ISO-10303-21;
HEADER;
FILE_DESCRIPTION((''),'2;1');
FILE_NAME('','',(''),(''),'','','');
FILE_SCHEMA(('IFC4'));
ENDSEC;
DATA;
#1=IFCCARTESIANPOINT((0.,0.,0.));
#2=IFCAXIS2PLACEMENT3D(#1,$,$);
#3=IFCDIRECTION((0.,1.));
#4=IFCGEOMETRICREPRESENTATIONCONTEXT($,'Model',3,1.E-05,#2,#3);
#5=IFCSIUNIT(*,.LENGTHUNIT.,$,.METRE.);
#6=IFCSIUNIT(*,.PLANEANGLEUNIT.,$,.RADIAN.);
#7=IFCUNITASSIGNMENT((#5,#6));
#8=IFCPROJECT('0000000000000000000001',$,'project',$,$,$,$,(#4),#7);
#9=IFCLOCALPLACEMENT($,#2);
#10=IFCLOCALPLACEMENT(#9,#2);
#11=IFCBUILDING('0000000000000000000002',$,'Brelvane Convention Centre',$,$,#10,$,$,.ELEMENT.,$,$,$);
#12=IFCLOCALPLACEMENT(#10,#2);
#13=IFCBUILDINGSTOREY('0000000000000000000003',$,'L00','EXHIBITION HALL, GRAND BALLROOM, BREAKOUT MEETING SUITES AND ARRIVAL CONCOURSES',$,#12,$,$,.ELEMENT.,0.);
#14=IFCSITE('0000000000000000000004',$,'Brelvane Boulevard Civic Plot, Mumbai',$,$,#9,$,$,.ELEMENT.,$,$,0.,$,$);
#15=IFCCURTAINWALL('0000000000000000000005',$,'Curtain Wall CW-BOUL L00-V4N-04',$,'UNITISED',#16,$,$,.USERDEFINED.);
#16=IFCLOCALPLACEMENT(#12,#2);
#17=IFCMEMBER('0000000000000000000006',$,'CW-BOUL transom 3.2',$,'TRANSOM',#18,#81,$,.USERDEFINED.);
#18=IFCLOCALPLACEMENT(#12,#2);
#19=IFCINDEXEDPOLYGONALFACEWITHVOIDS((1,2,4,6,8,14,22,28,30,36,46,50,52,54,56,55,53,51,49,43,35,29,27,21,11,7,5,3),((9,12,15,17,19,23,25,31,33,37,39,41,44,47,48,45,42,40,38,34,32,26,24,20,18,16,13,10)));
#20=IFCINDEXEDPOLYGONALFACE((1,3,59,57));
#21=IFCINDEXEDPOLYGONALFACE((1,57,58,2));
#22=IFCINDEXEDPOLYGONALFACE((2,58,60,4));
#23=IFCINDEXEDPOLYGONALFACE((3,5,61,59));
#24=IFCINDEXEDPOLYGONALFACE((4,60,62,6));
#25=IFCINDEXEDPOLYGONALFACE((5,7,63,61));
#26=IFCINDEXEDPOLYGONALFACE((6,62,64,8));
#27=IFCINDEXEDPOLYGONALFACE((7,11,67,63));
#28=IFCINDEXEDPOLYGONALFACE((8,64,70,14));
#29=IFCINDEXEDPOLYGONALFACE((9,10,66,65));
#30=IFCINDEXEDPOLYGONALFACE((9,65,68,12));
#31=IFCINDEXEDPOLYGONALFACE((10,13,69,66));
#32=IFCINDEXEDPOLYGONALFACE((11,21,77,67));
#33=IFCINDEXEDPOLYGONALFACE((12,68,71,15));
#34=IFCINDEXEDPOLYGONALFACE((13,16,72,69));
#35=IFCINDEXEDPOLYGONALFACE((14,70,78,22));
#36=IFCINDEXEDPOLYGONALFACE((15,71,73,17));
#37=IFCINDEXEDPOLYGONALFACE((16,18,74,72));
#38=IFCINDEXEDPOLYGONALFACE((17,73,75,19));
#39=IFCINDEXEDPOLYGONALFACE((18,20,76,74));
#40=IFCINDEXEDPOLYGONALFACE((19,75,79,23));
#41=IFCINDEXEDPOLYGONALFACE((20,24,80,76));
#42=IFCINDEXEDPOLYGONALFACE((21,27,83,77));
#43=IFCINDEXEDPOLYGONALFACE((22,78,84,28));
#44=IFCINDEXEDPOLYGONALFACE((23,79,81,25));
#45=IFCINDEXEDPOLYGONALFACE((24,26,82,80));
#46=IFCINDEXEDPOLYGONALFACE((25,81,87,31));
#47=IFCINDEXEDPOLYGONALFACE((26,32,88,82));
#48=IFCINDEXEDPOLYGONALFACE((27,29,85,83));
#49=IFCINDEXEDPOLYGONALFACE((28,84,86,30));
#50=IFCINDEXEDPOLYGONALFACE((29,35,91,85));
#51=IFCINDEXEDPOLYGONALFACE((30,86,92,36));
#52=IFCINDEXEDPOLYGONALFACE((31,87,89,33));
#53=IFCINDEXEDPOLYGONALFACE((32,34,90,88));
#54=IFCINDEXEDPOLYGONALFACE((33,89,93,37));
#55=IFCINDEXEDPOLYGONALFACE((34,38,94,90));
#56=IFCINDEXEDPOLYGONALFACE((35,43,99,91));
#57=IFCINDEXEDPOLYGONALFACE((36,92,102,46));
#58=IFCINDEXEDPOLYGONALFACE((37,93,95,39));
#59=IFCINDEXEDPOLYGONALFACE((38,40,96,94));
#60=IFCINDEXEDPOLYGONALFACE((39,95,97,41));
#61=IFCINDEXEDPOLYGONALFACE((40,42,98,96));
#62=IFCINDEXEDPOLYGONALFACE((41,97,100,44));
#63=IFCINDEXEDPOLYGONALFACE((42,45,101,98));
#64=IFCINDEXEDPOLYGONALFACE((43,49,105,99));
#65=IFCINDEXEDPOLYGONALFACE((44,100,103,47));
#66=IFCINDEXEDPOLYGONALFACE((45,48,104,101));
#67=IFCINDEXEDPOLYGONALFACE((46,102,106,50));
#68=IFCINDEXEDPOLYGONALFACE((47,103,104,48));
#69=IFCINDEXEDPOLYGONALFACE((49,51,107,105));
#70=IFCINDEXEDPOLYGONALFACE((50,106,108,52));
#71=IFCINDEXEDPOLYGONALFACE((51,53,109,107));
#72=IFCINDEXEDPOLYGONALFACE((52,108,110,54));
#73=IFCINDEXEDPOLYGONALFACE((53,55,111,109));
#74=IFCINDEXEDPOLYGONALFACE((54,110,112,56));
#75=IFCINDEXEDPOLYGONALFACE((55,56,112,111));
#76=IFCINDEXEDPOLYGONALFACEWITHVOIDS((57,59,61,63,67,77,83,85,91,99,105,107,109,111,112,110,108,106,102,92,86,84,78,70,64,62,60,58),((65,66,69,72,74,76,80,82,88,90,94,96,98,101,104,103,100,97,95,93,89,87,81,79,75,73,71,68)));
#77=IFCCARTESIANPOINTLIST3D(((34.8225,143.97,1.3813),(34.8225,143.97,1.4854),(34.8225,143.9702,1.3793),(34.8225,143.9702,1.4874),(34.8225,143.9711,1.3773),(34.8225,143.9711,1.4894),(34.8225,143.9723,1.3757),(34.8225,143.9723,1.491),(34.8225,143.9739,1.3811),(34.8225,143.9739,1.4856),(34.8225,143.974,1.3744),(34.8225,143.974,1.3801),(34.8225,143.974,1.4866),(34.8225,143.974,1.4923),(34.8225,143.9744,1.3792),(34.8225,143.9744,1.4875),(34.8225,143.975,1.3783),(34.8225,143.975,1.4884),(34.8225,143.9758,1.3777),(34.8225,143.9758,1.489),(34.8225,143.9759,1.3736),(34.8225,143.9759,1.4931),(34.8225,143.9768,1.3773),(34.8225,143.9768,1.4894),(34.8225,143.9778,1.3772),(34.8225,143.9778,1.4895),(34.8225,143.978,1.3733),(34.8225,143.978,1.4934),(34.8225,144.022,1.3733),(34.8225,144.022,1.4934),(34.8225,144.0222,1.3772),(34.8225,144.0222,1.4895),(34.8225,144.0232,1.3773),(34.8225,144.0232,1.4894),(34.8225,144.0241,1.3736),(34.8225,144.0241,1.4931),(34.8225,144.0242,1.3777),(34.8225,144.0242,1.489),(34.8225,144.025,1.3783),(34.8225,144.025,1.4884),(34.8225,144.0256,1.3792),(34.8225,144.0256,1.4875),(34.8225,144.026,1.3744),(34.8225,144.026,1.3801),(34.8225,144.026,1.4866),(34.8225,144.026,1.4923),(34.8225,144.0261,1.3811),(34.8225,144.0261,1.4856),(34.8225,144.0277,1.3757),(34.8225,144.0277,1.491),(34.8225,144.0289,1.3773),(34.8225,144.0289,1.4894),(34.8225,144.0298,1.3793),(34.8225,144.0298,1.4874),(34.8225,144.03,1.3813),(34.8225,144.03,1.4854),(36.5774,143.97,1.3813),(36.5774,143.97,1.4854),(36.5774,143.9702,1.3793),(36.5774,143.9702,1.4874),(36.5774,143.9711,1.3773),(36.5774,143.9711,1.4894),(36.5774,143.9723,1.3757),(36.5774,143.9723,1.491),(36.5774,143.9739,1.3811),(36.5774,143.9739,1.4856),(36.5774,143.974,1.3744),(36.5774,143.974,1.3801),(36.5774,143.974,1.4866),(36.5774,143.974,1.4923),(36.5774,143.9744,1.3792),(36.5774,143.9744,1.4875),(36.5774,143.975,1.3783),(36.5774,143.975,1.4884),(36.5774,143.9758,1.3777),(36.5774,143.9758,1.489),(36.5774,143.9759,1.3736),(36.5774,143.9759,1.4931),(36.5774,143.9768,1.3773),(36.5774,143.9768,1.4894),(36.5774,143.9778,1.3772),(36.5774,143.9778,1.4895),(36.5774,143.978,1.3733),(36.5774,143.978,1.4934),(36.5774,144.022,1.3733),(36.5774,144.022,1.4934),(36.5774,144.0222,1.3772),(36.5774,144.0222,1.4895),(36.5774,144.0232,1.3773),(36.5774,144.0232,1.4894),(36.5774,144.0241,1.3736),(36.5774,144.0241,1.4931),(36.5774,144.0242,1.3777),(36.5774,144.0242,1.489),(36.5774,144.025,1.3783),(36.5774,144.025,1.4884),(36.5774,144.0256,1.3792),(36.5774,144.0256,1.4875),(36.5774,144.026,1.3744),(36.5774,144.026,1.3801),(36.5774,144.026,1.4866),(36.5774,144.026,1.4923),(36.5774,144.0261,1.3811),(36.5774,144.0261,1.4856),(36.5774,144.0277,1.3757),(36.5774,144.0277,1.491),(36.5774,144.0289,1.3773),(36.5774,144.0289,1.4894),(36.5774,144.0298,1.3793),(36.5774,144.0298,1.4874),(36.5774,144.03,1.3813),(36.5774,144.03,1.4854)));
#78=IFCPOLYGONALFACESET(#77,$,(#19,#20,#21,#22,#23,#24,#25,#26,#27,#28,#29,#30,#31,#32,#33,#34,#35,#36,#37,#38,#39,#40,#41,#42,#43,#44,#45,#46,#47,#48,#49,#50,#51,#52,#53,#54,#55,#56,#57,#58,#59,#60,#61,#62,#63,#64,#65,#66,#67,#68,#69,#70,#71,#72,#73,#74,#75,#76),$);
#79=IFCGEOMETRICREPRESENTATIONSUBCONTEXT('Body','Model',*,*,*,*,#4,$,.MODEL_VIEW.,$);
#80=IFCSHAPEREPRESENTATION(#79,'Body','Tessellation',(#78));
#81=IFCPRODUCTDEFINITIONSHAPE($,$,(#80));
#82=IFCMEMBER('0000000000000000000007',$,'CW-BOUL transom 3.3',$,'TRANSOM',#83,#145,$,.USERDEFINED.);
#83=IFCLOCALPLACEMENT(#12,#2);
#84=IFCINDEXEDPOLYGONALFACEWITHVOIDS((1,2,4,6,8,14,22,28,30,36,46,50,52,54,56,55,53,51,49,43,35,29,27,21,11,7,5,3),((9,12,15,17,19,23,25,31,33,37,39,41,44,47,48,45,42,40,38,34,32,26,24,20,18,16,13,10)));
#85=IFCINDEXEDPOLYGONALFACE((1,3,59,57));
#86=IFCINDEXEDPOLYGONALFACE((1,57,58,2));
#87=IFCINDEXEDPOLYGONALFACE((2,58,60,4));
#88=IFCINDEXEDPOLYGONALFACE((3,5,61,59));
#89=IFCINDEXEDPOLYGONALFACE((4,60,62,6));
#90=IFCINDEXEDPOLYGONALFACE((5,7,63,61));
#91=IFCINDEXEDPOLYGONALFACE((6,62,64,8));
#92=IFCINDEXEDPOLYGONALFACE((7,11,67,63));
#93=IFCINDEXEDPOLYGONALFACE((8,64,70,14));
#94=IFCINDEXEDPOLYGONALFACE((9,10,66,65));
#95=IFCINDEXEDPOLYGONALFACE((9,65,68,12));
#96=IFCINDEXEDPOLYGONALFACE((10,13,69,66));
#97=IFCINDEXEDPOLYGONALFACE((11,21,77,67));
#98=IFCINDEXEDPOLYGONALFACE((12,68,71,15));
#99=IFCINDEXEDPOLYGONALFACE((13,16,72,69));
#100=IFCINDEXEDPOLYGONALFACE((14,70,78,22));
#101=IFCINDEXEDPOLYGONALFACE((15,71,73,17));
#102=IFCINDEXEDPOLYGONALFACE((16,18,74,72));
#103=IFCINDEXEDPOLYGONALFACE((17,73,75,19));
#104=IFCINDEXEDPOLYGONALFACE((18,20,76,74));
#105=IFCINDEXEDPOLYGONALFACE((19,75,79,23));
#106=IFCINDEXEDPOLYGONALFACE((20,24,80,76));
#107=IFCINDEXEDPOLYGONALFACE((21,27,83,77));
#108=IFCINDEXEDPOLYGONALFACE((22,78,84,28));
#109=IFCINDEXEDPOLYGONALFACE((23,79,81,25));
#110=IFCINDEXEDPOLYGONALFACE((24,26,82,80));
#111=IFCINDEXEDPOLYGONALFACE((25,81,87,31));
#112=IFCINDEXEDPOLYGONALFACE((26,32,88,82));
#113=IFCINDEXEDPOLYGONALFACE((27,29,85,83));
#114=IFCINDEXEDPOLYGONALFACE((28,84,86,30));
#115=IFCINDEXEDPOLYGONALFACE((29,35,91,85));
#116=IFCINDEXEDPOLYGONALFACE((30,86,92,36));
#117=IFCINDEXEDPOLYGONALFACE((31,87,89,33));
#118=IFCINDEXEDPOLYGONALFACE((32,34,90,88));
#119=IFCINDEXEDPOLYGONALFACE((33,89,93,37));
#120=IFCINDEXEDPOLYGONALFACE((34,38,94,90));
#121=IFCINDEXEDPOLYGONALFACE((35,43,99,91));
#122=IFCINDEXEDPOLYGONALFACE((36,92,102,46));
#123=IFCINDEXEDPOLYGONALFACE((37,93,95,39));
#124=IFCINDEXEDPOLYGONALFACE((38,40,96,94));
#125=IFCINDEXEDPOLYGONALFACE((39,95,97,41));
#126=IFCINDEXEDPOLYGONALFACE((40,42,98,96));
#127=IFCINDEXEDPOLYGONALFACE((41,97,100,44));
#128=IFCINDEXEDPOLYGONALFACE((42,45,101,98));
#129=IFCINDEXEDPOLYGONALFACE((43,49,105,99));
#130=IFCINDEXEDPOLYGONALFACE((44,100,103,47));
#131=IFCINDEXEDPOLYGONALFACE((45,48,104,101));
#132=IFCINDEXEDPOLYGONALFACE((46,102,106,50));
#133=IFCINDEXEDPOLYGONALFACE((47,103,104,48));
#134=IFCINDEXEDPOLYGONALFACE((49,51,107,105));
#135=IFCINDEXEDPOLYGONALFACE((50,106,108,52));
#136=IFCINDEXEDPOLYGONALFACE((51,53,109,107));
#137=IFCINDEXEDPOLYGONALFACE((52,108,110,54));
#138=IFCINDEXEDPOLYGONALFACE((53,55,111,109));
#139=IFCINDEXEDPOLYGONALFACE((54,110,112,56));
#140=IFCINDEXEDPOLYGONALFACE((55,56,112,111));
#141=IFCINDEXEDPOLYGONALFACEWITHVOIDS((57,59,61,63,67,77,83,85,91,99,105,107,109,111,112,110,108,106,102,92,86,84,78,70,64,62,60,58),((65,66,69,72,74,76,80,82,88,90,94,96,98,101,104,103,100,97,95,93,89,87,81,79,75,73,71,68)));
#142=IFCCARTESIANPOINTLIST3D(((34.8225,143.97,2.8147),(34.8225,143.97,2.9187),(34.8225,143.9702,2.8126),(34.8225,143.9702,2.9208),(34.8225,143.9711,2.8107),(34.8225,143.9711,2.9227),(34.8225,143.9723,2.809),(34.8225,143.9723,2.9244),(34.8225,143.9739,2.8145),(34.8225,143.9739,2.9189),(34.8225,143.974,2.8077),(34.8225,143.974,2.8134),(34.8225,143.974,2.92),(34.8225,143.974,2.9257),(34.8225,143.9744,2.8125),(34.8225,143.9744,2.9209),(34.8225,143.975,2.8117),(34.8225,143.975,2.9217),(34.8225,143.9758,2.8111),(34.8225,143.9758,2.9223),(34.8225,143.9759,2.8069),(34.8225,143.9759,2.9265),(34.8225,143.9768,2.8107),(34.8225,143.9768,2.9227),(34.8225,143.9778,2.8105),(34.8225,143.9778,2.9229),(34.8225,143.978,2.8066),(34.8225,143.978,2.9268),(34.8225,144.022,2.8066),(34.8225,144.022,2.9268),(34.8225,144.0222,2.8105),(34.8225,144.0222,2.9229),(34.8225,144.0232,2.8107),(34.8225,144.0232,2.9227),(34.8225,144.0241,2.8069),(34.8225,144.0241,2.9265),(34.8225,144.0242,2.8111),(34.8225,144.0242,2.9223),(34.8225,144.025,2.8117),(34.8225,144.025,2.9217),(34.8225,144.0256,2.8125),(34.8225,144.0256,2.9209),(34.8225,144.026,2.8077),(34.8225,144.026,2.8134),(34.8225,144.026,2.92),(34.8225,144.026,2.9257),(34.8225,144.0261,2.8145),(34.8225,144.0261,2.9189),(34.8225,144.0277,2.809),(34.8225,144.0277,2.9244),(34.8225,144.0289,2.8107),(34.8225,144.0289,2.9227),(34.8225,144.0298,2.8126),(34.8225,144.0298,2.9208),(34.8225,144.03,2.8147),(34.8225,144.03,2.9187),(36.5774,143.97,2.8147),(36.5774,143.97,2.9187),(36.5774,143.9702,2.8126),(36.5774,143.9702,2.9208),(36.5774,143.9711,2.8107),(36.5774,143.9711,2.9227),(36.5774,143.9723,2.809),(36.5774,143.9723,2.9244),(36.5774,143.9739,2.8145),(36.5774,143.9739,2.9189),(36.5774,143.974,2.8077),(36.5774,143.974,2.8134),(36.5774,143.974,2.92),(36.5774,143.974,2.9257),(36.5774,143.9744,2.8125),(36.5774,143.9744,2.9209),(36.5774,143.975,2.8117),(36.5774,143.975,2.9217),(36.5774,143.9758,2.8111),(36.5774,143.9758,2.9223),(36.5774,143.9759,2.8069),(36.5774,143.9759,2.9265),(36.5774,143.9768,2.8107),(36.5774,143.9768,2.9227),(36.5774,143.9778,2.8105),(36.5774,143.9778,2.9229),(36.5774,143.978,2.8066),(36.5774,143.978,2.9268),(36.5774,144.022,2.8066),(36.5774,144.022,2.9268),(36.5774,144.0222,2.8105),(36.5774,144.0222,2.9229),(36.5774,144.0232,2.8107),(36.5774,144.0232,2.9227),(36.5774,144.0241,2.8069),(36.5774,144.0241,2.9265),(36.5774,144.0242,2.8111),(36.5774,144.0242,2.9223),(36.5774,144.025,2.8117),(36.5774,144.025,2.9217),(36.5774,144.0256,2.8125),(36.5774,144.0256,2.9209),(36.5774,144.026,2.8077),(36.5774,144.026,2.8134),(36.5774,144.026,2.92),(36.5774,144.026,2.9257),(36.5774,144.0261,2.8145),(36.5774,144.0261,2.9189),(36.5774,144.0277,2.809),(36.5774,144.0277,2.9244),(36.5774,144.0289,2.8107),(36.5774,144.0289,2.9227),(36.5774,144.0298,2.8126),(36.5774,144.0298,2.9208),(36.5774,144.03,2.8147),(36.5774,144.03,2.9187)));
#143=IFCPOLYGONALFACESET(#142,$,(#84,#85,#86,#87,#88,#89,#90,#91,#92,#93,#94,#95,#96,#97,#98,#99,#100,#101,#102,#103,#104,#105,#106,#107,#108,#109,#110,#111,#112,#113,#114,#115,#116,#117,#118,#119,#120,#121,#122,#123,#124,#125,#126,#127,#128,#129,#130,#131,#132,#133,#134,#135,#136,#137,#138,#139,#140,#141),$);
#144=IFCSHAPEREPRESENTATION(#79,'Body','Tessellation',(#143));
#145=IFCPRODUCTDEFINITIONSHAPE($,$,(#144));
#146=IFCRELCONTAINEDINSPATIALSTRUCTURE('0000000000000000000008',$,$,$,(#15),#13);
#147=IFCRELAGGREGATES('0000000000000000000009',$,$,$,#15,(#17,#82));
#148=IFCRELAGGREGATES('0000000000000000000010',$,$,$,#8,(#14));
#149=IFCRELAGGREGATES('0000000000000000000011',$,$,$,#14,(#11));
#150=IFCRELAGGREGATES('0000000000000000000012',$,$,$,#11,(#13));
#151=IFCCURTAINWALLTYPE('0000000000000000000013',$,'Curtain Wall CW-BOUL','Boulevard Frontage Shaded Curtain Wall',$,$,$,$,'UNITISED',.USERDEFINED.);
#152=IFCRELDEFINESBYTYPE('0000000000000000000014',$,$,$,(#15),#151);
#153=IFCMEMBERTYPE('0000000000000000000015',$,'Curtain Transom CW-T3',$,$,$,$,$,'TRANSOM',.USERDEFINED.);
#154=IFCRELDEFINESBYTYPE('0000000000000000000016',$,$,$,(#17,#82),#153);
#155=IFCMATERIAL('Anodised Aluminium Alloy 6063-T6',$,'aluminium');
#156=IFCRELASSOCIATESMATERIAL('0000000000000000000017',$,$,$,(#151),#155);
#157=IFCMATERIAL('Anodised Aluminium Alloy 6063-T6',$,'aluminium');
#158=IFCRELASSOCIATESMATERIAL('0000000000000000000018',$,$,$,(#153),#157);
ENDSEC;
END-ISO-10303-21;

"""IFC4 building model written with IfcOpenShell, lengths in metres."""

from ifc_helpers import new_model, si_unit, direction, frame, origin, origin_2d, place, context, subcontext, project, spatial, hollow_rectangle, extrude, material, material_profile, profile_set, type_object, element, aggregate, save


model = new_model("IFC4")

# Units and contexts
model_context = context("Model", 3, precision=1e-05, world=origin(), true_north=direction((0.0, 1.0)))
body_context = subcontext(model_context, "Body", "Model", "MODEL_VIEW")
ifc_project = project(units=[si_unit("LENGTHUNIT", "METRE"), si_unit("PLANEANGLEUNIT", "RADIAN")], contexts=[model_context])

# Site, building, storey
site_placement = place(None, origin())
site = spatial("IfcSite", under=ifc_project, at=site_placement, Name="Brelvane Boulevard Civic Plot, Mumbai", CompositionType="ELEMENT", RefElevation=0.0)
building_placement = place(site_placement, origin())
building = spatial("IfcBuilding", under=site, at=building_placement, Name="Brelvane Convention Centre", CompositionType="ELEMENT")
storey_placement = place(building_placement, origin())
storey = spatial("IfcBuildingStorey", under=building, at=storey_placement, Name="L00", Description="EXHIBITION HALL, GRAND BALLROOM, BREAKOUT MEETING SUITES AND ARRIVAL CONCOURSES", CompositionType="ELEMENT", Elevation=0.0)

# Curtain wall, members
ifc_material_1 = material(Name="Anodised Aluminium Alloy 6063-T6", Category="aluminium")
curtain_wall_type = type_object("IfcCurtainWallType", Name="Curtain Wall CW-BOUL", Description="Boulevard Frontage Shaded Curtain Wall", ElementType="UNITISED", PredefinedType="USERDEFINED", material=ifc_material_1)
curtain_wall_placement = place(storey_placement, origin())
curtain_wall = element("IfcCurtainWall", 1, at=curtain_wall_placement, inside=storey, type_object=curtain_wall_type, Name="Curtain Wall CW-BOUL L00-V4N-04", ObjectType="UNITISED", PredefinedType="USERDEFINED")
ifc_material_2 = material(Name="Anodised Aluminium Alloy 6063-T6", Category="aluminium")
ifc_material_profile_1 = material_profile(ifc_material_2, hollow_rectangle(XDim=0.0601, YDim=0.1201, WallThickness=0.0039, InnerFilletRadius=0.0039, OuterFilletRadius=0.0081, at=origin_2d()), Name="ALU-T 120x60x4.0")
ifc_profile_set_1 = profile_set([ifc_material_profile_1], Name="Anodised Aluminium Alloy 6063-T6")
member_type_1 = type_object("IfcMemberType", Name="Curtain Transom CW-T3", ElementType="TRANSOM", PredefinedType="USERDEFINED", material=ifc_profile_set_1)
member_1_placement = place(storey_placement, frame((34.8225, 144.0, 1.4333), z_axis=(1.0, 0.0, 0.0), x_axis=(0.0, 1.0, 0.0)))
member_1 = element("IfcMember", 2, at=member_1_placement, type_object=member_type_1, Name="CW-BOUL transom 3.2", ObjectType="TRANSOM", PredefinedType="USERDEFINED", context=body_context, shape_type="SweptSolid", body=[
    extrude(hollow_rectangle(XDim=0.0601, YDim=0.1201, WallThickness=0.0039, InnerFilletRadius=0.0039, OuterFilletRadius=0.0081, at=origin_2d()), origin(), (0.0, 0.0, 1.0), 1.7549),
])
member_2_placement = place(storey_placement, frame((34.8225, 144.0, 2.8667), z_axis=(1.0, 0.0, 0.0), x_axis=(0.0, 1.0, 0.0)))
member_2 = element("IfcMember", 3, at=member_2_placement, type_object=member_type_1, Name="CW-BOUL transom 3.3", ObjectType="TRANSOM", PredefinedType="USERDEFINED", context=body_context, shape_type="SweptSolid", body=[
    extrude(hollow_rectangle(XDim=0.0601, YDim=0.1201, WallThickness=0.0039, InnerFilletRadius=0.0039, OuterFilletRadius=0.0081, at=origin_2d()), origin(), (0.0, 0.0, 1.0), 1.7549),
])
aggregate(curtain_wall, [member_1, member_2])

save(model, "model.ifc")
